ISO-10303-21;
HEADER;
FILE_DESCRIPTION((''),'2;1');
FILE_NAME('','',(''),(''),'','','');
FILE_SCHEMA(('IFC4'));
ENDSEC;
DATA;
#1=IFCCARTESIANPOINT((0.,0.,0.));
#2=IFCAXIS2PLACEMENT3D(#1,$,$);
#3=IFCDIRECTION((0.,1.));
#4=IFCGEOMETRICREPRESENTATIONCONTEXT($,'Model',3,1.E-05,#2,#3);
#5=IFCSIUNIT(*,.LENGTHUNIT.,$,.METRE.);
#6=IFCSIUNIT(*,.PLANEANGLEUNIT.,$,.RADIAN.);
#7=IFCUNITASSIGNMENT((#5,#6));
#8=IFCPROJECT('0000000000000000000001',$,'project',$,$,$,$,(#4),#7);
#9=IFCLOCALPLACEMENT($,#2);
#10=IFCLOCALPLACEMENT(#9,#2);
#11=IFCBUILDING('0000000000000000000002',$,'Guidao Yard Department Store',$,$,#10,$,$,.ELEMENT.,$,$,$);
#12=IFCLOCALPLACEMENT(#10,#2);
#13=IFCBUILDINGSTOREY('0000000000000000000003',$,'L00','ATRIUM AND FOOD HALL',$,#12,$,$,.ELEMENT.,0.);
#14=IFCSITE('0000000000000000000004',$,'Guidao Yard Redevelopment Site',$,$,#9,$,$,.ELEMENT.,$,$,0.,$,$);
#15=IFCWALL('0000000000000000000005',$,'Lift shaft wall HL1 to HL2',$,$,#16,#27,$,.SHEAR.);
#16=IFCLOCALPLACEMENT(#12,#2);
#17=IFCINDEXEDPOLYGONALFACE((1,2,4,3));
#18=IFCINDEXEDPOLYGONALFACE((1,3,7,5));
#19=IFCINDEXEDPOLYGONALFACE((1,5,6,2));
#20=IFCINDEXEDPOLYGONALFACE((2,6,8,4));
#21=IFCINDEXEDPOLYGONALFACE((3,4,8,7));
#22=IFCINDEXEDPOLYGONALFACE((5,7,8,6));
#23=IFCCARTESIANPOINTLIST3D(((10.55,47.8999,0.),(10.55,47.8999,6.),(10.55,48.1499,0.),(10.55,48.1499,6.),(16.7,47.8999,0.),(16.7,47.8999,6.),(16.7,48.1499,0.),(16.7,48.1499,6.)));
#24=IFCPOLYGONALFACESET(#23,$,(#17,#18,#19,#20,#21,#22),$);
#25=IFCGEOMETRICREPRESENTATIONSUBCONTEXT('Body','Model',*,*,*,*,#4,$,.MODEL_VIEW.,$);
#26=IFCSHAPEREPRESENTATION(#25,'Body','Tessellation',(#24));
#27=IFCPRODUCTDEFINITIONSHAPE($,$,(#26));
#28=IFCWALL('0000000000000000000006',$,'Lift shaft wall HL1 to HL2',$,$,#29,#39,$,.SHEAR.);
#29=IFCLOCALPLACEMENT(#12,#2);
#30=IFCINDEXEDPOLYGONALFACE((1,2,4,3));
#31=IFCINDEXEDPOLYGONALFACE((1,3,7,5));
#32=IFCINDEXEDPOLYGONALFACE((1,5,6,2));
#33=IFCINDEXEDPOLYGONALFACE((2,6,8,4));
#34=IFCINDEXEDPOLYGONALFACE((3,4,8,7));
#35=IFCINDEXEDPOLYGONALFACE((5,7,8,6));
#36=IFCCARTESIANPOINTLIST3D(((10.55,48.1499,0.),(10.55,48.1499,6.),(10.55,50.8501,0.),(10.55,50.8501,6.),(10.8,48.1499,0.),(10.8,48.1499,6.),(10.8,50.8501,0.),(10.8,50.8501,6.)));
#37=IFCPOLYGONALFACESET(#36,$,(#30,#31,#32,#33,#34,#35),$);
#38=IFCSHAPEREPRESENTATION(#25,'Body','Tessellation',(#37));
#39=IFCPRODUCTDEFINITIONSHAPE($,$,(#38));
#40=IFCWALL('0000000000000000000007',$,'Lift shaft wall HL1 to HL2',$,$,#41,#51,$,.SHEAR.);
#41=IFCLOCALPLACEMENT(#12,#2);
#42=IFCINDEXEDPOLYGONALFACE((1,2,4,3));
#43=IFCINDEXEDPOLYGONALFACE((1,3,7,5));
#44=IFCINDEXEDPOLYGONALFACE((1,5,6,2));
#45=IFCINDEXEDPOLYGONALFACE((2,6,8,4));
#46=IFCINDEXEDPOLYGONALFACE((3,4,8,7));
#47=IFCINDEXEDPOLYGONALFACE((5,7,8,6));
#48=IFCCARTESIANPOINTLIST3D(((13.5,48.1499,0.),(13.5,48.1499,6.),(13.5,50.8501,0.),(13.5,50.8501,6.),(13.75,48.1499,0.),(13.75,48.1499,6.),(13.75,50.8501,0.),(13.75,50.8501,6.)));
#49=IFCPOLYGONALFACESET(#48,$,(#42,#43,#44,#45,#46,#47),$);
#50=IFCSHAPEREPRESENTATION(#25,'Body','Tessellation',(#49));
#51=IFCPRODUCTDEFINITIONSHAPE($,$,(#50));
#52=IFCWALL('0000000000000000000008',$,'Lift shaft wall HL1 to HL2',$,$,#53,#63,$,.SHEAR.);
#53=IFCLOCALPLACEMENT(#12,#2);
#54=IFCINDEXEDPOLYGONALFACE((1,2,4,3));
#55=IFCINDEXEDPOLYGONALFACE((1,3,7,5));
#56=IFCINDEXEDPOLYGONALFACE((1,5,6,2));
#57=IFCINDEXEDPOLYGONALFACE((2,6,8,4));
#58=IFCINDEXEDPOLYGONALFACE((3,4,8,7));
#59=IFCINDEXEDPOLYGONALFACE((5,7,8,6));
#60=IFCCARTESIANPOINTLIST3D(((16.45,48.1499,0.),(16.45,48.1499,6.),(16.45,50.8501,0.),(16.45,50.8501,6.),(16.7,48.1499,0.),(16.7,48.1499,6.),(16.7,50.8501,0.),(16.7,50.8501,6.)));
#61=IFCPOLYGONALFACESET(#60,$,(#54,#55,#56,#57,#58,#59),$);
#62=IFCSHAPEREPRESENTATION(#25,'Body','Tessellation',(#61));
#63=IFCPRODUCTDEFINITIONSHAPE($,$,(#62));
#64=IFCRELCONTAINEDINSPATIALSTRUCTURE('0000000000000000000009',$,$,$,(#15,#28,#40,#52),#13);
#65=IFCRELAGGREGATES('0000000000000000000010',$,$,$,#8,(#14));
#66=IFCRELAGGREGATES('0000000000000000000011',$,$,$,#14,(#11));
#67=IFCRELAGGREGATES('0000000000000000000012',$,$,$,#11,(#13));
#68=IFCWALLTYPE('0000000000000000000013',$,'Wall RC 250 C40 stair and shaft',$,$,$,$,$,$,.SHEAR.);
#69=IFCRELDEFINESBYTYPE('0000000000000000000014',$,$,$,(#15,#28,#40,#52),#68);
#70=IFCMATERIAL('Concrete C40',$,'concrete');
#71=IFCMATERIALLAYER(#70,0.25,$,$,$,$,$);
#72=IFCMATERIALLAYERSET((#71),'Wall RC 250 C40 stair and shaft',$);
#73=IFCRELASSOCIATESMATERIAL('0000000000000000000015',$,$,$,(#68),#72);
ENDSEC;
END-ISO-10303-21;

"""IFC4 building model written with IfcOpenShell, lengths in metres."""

from ifc_helpers import new_model, si_unit, direction, frame, frame_2d, origin, place, context, subcontext, project, spatial, rectangle, extrude, material, layer, layer_set, type_object, element, save


model = new_model("IFC4")

# Units and contexts
model_context = context("Model", 3, precision=1e-05, world=origin(), true_north=direction((0.0, 1.0)))
body_context = subcontext(model_context, "Body", "Model", "MODEL_VIEW")
ifc_project = project(units=[si_unit("LENGTHUNIT", "METRE"), si_unit("PLANEANGLEUNIT", "RADIAN")], contexts=[model_context])

# Site, building, storey
site_placement = place(None, origin())
site = spatial("IfcSite", under=ifc_project, at=site_placement, Name="Guidao Yard Redevelopment Site", CompositionType="ELEMENT", RefElevation=0.0)
building_placement = place(site_placement, origin())
building = spatial("IfcBuilding", under=site, at=building_placement, Name="Guidao Yard Department Store", CompositionType="ELEMENT")
storey_placement = place(building_placement, origin())
storey = spatial("IfcBuildingStorey", under=building, at=storey_placement, Name="L00", Description="ATRIUM AND FOOD HALL", CompositionType="ELEMENT", Elevation=0.0)

# Shared definitions
ifc_material_1 = material(Name="Concrete C40", Category="concrete")
ifc_layer_1 = layer(ifc_material_1, 0.25)
ifc_layer_set_1 = layer_set([ifc_layer_1], Name="Wall RC 250 C40 stair and shaft")
wall_type_1 = type_object("IfcWallType", Name="Wall RC 250 C40 stair and shaft", PredefinedType="SHEAR", material=ifc_layer_set_1)

# Walls
wall_1_placement = place(storey_placement, frame((10.55, 48.0249, 0.0), z_axis=(0.0, 0.0, 1.0), x_axis=(1.0, 0.0, 0.0)))
element("IfcWall", 1, at=wall_1_placement, inside=storey, type_object=wall_type_1, Name="Lift shaft wall HL1 to HL2", PredefinedType="SHEAR", context=body_context, shape_type="SweptSolid", body=[
    extrude(rectangle(XDim=6.1499, YDim=0.25, at=frame_2d((3.075, 0.0))), origin(), (0.0, 0.0, 1.0), 6.0),
])
for number, where, z_axis, x_axis, name in (
    (2, (10.675, 48.1499, 0.0), (0.0, 0.0, 1.0), (0.0, 1.0, 0.0), "Lift shaft wall HL1 to HL2"),
    (3, (13.625, 48.1499, 0.0), (0.0, 0.0, 1.0), (0.0, 1.0, 0.0), "Lift shaft wall HL1 to HL2"),
    (4, (16.575, 48.1499, 0.0), (0.0, 0.0, 1.0), (0.0, 1.0, 0.0), "Lift shaft wall HL1 to HL2"),
):
    element("IfcWall", number, at=place(storey_placement, frame(where, z_axis=z_axis, x_axis=x_axis)), inside=storey, type_object=wall_type_1, Name=name, PredefinedType="SHEAR", context=body_context, shape_type="SweptSolid", body=[
        extrude(rectangle(XDim=2.7002, YDim=0.25, at=frame_2d((1.3501, 0.0))), origin(), (0.0, 0.0, 1.0), 6.0),
    ])

save(model, "model.ifc")
